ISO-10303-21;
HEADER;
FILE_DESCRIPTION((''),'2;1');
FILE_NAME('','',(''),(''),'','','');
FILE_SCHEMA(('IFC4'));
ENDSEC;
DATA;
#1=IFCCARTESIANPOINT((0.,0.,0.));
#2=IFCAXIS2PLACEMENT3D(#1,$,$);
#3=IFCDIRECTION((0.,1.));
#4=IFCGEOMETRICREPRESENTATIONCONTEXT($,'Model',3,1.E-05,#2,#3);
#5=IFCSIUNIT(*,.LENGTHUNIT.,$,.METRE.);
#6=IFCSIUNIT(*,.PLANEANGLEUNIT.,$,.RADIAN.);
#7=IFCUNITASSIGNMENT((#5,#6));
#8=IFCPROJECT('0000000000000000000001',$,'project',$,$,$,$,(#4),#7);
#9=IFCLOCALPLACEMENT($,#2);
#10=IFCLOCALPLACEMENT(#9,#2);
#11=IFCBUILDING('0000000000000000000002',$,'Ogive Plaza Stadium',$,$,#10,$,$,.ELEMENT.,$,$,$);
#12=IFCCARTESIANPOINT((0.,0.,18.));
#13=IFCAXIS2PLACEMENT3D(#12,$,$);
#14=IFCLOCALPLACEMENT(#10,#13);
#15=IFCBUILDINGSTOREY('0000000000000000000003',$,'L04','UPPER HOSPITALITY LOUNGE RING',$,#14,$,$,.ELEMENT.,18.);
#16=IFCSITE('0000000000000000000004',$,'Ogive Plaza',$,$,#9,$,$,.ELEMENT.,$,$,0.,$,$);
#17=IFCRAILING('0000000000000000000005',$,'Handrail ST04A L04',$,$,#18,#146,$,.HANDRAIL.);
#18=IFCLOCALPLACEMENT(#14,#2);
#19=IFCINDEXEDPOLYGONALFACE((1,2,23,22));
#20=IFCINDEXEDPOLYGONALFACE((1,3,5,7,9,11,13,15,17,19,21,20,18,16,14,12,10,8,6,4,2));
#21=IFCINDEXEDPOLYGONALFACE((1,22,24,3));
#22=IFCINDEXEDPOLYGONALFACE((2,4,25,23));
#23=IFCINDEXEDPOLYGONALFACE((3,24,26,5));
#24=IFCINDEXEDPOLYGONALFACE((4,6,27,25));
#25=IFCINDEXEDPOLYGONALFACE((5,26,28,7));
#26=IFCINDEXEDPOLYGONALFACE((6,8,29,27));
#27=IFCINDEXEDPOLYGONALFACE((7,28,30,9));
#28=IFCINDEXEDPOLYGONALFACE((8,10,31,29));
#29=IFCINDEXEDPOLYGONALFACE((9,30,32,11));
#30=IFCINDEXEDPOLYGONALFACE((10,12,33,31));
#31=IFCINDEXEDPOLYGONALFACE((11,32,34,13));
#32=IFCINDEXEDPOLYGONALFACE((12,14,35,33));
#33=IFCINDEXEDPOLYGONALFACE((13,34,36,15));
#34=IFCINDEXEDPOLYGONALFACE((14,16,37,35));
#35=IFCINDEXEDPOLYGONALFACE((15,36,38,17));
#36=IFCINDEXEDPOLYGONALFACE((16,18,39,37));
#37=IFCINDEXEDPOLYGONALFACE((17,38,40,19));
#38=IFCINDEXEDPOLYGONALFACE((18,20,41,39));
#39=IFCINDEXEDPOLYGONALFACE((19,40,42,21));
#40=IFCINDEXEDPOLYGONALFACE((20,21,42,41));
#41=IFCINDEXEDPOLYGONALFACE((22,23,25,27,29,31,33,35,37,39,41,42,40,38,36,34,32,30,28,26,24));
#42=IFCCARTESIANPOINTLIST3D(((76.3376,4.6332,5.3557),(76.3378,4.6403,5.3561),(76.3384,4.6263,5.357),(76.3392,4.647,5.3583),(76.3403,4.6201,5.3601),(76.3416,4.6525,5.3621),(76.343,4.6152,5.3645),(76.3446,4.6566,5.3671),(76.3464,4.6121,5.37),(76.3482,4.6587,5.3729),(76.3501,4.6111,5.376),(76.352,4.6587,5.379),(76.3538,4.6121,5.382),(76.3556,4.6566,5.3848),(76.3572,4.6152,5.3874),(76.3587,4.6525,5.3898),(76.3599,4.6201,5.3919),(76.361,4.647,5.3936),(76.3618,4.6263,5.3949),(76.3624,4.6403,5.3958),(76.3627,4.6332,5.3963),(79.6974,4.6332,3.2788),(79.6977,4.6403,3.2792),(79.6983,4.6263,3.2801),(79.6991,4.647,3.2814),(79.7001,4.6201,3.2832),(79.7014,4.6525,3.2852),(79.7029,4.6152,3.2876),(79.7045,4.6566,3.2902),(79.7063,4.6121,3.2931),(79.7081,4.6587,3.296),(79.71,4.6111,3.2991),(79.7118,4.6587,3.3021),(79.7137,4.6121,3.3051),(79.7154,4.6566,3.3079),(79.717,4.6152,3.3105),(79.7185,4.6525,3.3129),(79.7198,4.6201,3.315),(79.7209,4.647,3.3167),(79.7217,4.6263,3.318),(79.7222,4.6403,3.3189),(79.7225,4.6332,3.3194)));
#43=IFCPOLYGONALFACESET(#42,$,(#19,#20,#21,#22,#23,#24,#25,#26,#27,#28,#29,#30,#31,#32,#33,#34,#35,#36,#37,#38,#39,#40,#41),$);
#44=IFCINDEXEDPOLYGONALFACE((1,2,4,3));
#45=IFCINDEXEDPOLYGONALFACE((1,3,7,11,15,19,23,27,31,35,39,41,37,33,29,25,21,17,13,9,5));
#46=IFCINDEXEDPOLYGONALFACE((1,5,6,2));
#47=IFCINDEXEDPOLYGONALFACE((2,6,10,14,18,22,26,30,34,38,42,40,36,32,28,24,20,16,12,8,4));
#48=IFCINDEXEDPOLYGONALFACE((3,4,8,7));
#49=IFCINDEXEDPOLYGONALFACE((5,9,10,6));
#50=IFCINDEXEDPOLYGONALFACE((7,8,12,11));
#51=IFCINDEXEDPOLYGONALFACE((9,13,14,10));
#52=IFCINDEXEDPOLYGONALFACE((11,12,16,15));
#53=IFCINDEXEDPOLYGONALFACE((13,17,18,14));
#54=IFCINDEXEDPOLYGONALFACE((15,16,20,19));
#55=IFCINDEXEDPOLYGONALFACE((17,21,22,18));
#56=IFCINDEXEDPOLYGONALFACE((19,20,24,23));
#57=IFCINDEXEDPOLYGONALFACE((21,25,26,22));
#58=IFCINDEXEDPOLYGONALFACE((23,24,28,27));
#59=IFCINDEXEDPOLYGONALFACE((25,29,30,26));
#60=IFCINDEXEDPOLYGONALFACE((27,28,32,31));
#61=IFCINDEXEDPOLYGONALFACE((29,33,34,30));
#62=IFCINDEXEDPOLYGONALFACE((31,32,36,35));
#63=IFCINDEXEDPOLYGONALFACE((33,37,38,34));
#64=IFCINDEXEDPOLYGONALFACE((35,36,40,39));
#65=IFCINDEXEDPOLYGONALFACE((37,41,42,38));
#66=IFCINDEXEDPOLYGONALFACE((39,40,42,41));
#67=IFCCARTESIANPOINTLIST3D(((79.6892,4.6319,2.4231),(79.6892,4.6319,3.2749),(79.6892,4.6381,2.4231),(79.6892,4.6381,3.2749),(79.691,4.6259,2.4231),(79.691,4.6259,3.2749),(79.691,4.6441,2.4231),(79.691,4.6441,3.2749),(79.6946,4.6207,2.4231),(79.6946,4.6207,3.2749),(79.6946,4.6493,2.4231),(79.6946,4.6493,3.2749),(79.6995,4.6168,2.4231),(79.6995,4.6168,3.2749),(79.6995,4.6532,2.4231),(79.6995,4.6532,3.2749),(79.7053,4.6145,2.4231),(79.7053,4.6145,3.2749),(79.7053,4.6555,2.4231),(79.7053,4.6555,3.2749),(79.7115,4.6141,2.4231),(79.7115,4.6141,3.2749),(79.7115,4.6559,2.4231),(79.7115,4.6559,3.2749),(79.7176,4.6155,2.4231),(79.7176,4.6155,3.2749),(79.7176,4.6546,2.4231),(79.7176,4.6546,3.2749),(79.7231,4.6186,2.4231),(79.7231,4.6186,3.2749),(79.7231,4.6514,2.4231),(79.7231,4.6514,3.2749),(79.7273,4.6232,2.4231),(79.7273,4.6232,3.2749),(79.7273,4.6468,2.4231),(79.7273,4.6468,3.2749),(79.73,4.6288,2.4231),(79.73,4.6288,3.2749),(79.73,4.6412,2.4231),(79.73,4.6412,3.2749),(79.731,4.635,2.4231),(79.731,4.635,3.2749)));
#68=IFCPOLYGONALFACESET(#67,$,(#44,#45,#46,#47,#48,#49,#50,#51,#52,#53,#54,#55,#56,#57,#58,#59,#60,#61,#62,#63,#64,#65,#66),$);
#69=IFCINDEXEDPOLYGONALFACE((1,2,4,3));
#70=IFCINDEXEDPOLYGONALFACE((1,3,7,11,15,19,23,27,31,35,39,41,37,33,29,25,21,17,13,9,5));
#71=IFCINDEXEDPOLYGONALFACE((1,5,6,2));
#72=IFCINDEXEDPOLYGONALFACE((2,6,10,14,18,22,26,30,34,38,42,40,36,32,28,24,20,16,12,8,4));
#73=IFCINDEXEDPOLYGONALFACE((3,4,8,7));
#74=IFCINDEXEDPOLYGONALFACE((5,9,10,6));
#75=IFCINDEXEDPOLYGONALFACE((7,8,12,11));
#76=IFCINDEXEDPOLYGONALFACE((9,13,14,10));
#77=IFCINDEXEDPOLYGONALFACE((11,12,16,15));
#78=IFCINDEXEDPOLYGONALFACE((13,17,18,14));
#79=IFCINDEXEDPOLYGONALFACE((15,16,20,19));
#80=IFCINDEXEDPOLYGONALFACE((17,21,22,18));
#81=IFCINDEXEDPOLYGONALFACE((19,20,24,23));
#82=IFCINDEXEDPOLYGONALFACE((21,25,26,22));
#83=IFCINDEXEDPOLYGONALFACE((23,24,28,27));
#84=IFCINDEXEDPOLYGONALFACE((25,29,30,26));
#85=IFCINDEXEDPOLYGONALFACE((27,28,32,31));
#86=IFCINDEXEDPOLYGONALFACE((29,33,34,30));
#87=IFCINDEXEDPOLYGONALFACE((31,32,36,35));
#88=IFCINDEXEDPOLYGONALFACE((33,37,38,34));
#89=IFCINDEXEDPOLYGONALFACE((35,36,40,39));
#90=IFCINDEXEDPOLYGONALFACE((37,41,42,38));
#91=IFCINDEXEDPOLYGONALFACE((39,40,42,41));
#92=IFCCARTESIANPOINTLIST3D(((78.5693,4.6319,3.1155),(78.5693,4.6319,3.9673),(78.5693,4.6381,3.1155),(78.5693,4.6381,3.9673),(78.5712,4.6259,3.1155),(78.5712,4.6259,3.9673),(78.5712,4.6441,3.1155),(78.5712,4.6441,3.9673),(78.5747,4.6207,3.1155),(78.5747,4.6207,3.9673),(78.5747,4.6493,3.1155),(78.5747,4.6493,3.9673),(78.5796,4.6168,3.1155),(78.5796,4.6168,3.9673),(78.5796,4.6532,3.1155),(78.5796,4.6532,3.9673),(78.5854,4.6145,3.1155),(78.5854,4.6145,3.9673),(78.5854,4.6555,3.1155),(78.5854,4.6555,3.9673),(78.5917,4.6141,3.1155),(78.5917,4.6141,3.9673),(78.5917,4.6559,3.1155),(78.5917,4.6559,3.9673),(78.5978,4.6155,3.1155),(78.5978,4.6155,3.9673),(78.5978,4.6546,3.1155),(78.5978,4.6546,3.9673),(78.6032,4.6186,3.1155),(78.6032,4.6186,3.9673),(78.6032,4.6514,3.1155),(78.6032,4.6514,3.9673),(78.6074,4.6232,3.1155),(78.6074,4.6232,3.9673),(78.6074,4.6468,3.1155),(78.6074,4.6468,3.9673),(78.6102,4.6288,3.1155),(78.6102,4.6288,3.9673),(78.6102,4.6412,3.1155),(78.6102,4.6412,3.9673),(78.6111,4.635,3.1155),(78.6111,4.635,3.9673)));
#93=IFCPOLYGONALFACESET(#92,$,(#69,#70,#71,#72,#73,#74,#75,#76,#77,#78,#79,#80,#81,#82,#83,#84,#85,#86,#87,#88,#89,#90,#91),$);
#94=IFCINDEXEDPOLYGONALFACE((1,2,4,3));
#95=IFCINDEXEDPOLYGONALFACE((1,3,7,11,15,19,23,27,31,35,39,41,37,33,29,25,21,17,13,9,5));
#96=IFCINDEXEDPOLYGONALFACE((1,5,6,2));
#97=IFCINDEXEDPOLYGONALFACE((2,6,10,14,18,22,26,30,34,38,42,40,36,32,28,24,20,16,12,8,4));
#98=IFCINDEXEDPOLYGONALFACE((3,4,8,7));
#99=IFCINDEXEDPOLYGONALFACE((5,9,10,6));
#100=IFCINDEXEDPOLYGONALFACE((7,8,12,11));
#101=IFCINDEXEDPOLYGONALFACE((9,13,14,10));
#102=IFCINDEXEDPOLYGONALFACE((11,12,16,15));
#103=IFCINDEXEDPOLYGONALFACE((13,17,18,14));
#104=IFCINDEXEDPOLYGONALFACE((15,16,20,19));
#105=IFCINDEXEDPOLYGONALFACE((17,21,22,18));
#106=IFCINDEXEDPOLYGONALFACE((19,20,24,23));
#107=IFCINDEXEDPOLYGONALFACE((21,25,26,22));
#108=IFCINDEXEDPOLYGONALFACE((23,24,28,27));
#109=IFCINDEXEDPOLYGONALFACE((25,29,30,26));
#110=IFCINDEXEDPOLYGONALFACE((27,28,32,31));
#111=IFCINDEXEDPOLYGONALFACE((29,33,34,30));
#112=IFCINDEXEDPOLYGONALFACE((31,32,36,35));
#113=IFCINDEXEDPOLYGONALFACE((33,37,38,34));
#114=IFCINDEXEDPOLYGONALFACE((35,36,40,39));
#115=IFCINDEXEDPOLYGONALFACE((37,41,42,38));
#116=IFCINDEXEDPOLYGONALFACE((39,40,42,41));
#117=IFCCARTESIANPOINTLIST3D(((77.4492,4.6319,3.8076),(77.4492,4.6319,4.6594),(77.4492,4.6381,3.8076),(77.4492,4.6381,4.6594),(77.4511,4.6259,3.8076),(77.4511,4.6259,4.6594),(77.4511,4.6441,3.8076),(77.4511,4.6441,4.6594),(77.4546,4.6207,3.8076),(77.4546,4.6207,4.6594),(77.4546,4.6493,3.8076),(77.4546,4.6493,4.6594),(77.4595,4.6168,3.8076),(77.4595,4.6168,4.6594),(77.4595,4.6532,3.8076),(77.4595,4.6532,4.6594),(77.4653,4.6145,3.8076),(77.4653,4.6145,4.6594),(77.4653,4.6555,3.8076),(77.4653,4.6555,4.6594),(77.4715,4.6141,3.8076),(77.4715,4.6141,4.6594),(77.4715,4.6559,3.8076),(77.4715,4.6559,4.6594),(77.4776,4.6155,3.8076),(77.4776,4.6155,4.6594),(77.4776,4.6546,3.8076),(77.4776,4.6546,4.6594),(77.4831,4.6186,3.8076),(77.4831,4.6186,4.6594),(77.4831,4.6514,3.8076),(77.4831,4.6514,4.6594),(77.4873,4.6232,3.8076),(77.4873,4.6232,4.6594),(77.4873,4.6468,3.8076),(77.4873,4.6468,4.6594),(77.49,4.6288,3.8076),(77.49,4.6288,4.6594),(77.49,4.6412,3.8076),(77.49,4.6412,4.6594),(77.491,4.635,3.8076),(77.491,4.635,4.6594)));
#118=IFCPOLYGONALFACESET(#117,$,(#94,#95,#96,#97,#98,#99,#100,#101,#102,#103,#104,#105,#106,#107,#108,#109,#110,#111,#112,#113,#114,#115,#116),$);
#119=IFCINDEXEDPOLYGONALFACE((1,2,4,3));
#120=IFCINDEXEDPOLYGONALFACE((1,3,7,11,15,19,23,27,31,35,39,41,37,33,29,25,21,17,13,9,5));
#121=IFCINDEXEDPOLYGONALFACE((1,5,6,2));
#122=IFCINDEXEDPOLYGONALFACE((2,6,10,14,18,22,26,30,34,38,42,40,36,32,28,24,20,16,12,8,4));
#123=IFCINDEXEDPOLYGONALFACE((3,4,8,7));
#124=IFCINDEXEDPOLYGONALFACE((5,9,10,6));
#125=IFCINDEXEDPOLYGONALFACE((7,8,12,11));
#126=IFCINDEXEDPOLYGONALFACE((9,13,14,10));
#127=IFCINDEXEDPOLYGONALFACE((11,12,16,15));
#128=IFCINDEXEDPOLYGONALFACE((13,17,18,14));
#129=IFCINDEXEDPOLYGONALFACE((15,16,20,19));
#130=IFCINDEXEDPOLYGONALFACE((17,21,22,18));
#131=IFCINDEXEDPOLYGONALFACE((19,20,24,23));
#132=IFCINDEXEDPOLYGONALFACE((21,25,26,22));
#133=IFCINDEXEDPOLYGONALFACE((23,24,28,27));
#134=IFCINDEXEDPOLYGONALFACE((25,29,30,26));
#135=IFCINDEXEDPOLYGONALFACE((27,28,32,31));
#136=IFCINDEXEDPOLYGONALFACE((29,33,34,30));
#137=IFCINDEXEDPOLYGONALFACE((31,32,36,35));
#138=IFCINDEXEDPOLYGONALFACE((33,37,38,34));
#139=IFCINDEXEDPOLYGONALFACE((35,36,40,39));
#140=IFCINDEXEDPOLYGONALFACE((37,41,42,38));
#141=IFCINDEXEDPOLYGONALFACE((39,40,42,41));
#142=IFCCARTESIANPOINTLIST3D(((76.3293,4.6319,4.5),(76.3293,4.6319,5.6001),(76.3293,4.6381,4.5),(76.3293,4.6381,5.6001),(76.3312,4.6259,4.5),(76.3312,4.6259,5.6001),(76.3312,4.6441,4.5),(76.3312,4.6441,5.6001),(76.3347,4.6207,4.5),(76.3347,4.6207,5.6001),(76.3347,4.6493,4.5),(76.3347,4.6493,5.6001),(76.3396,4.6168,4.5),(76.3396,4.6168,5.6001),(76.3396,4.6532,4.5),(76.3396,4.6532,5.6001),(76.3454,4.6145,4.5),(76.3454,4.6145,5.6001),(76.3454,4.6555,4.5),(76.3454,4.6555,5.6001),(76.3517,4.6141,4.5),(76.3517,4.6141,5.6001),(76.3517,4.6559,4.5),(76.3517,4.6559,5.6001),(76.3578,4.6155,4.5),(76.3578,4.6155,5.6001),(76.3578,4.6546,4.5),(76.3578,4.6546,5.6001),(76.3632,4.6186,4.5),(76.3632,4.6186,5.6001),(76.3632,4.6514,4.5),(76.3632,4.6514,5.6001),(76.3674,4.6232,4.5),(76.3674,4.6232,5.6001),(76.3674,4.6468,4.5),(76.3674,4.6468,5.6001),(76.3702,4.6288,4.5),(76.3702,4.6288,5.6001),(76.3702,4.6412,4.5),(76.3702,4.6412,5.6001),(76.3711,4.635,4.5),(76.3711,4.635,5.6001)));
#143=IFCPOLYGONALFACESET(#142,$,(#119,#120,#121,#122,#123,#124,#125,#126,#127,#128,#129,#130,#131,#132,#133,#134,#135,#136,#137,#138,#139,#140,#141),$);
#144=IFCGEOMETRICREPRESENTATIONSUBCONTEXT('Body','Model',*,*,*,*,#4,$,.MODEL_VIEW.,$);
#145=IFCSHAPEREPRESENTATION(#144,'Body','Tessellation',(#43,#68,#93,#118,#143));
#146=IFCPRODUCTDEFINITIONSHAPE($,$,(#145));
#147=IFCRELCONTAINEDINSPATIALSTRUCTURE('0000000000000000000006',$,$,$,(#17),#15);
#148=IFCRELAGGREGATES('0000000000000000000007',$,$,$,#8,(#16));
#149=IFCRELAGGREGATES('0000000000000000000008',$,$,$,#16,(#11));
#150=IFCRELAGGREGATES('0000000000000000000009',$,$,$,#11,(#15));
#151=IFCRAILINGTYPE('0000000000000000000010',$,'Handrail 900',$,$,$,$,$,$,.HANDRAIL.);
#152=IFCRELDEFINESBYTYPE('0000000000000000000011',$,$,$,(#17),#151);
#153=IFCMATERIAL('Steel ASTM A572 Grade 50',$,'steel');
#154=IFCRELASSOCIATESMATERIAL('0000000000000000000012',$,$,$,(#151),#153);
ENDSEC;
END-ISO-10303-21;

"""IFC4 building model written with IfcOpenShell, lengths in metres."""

from ifc_helpers import new_model, si_unit, direction, frame, origin, origin_2d, place, context, subcontext, project, spatial, circle, extrude, material, type_object, element, save


model = new_model("IFC4")

# Units and contexts
model_context = context("Model", 3, precision=1e-05, world=origin(), true_north=direction((0.0, 1.0)))
body_context = subcontext(model_context, "Body", "Model", "MODEL_VIEW")
ifc_project = project(units=[si_unit("LENGTHUNIT", "METRE"), si_unit("PLANEANGLEUNIT", "RADIAN")], contexts=[model_context])

# Site, building, storey
site_placement = place(None, origin())
site = spatial("IfcSite", under=ifc_project, at=site_placement, Name="Ogive Plaza", CompositionType="ELEMENT", RefElevation=0.0)
building_placement = place(site_placement, origin())
building = spatial("IfcBuilding", under=site, at=building_placement, Name="Ogive Plaza Stadium", CompositionType="ELEMENT")
storey_placement = place(building_placement, frame((0.0, 0.0, 18.0)))
storey = spatial("IfcBuildingStorey", under=building, at=storey_placement, Name="L04", Description="UPPER HOSPITALITY LOUNGE RING", CompositionType="ELEMENT", Elevation=18.0)

# Railing
ifc_material_1 = material(Name="Steel ASTM A572 Grade 50", Category="steel")
railing_type_1 = type_object("IfcRailingType", Name="Handrail 900", PredefinedType="HANDRAIL", material=ifc_material_1)
for number, where, name in (
    (1, (79.71, 4.635, 2.4231), "Handrail ST04A L04"),
):
    element("IfcRailing", number, at=place(storey_placement, frame(where)), inside=storey, type_object=railing_type_1, Name=name, PredefinedType="HANDRAIL", context=body_context, shape_type="SweptSolid", body=[
        extrude(circle(Radius=0.0239, at=origin_2d()), frame((0.0, 0.0, 0.876), z_axis=(-0.850606, 0.0, 0.525803), x_axis=(0.0, -1.0, 0.0)), (0.0, 0.0, 1.0), 3.95),
        extrude(circle(Radius=0.021, at=origin_2d()), origin(), (0.0, 0.0, 1.0), 0.8518),
        extrude(circle(Radius=0.021, at=origin_2d()), frame((-1.1199, 0.0, 0.6924)), (0.0, 0.0, 1.0), 0.8518),
        extrude(circle(Radius=0.021, at=origin_2d()), frame((-2.24, 0.0, 1.3845)), (0.0, 0.0, 1.0), 0.8518),
        extrude(circle(Radius=0.021, at=origin_2d()), frame((-3.3599, 0.0, 2.0769)), (0.0, 0.0, 1.0), 1.1001),
    ])

save(model, "model.ifc")
